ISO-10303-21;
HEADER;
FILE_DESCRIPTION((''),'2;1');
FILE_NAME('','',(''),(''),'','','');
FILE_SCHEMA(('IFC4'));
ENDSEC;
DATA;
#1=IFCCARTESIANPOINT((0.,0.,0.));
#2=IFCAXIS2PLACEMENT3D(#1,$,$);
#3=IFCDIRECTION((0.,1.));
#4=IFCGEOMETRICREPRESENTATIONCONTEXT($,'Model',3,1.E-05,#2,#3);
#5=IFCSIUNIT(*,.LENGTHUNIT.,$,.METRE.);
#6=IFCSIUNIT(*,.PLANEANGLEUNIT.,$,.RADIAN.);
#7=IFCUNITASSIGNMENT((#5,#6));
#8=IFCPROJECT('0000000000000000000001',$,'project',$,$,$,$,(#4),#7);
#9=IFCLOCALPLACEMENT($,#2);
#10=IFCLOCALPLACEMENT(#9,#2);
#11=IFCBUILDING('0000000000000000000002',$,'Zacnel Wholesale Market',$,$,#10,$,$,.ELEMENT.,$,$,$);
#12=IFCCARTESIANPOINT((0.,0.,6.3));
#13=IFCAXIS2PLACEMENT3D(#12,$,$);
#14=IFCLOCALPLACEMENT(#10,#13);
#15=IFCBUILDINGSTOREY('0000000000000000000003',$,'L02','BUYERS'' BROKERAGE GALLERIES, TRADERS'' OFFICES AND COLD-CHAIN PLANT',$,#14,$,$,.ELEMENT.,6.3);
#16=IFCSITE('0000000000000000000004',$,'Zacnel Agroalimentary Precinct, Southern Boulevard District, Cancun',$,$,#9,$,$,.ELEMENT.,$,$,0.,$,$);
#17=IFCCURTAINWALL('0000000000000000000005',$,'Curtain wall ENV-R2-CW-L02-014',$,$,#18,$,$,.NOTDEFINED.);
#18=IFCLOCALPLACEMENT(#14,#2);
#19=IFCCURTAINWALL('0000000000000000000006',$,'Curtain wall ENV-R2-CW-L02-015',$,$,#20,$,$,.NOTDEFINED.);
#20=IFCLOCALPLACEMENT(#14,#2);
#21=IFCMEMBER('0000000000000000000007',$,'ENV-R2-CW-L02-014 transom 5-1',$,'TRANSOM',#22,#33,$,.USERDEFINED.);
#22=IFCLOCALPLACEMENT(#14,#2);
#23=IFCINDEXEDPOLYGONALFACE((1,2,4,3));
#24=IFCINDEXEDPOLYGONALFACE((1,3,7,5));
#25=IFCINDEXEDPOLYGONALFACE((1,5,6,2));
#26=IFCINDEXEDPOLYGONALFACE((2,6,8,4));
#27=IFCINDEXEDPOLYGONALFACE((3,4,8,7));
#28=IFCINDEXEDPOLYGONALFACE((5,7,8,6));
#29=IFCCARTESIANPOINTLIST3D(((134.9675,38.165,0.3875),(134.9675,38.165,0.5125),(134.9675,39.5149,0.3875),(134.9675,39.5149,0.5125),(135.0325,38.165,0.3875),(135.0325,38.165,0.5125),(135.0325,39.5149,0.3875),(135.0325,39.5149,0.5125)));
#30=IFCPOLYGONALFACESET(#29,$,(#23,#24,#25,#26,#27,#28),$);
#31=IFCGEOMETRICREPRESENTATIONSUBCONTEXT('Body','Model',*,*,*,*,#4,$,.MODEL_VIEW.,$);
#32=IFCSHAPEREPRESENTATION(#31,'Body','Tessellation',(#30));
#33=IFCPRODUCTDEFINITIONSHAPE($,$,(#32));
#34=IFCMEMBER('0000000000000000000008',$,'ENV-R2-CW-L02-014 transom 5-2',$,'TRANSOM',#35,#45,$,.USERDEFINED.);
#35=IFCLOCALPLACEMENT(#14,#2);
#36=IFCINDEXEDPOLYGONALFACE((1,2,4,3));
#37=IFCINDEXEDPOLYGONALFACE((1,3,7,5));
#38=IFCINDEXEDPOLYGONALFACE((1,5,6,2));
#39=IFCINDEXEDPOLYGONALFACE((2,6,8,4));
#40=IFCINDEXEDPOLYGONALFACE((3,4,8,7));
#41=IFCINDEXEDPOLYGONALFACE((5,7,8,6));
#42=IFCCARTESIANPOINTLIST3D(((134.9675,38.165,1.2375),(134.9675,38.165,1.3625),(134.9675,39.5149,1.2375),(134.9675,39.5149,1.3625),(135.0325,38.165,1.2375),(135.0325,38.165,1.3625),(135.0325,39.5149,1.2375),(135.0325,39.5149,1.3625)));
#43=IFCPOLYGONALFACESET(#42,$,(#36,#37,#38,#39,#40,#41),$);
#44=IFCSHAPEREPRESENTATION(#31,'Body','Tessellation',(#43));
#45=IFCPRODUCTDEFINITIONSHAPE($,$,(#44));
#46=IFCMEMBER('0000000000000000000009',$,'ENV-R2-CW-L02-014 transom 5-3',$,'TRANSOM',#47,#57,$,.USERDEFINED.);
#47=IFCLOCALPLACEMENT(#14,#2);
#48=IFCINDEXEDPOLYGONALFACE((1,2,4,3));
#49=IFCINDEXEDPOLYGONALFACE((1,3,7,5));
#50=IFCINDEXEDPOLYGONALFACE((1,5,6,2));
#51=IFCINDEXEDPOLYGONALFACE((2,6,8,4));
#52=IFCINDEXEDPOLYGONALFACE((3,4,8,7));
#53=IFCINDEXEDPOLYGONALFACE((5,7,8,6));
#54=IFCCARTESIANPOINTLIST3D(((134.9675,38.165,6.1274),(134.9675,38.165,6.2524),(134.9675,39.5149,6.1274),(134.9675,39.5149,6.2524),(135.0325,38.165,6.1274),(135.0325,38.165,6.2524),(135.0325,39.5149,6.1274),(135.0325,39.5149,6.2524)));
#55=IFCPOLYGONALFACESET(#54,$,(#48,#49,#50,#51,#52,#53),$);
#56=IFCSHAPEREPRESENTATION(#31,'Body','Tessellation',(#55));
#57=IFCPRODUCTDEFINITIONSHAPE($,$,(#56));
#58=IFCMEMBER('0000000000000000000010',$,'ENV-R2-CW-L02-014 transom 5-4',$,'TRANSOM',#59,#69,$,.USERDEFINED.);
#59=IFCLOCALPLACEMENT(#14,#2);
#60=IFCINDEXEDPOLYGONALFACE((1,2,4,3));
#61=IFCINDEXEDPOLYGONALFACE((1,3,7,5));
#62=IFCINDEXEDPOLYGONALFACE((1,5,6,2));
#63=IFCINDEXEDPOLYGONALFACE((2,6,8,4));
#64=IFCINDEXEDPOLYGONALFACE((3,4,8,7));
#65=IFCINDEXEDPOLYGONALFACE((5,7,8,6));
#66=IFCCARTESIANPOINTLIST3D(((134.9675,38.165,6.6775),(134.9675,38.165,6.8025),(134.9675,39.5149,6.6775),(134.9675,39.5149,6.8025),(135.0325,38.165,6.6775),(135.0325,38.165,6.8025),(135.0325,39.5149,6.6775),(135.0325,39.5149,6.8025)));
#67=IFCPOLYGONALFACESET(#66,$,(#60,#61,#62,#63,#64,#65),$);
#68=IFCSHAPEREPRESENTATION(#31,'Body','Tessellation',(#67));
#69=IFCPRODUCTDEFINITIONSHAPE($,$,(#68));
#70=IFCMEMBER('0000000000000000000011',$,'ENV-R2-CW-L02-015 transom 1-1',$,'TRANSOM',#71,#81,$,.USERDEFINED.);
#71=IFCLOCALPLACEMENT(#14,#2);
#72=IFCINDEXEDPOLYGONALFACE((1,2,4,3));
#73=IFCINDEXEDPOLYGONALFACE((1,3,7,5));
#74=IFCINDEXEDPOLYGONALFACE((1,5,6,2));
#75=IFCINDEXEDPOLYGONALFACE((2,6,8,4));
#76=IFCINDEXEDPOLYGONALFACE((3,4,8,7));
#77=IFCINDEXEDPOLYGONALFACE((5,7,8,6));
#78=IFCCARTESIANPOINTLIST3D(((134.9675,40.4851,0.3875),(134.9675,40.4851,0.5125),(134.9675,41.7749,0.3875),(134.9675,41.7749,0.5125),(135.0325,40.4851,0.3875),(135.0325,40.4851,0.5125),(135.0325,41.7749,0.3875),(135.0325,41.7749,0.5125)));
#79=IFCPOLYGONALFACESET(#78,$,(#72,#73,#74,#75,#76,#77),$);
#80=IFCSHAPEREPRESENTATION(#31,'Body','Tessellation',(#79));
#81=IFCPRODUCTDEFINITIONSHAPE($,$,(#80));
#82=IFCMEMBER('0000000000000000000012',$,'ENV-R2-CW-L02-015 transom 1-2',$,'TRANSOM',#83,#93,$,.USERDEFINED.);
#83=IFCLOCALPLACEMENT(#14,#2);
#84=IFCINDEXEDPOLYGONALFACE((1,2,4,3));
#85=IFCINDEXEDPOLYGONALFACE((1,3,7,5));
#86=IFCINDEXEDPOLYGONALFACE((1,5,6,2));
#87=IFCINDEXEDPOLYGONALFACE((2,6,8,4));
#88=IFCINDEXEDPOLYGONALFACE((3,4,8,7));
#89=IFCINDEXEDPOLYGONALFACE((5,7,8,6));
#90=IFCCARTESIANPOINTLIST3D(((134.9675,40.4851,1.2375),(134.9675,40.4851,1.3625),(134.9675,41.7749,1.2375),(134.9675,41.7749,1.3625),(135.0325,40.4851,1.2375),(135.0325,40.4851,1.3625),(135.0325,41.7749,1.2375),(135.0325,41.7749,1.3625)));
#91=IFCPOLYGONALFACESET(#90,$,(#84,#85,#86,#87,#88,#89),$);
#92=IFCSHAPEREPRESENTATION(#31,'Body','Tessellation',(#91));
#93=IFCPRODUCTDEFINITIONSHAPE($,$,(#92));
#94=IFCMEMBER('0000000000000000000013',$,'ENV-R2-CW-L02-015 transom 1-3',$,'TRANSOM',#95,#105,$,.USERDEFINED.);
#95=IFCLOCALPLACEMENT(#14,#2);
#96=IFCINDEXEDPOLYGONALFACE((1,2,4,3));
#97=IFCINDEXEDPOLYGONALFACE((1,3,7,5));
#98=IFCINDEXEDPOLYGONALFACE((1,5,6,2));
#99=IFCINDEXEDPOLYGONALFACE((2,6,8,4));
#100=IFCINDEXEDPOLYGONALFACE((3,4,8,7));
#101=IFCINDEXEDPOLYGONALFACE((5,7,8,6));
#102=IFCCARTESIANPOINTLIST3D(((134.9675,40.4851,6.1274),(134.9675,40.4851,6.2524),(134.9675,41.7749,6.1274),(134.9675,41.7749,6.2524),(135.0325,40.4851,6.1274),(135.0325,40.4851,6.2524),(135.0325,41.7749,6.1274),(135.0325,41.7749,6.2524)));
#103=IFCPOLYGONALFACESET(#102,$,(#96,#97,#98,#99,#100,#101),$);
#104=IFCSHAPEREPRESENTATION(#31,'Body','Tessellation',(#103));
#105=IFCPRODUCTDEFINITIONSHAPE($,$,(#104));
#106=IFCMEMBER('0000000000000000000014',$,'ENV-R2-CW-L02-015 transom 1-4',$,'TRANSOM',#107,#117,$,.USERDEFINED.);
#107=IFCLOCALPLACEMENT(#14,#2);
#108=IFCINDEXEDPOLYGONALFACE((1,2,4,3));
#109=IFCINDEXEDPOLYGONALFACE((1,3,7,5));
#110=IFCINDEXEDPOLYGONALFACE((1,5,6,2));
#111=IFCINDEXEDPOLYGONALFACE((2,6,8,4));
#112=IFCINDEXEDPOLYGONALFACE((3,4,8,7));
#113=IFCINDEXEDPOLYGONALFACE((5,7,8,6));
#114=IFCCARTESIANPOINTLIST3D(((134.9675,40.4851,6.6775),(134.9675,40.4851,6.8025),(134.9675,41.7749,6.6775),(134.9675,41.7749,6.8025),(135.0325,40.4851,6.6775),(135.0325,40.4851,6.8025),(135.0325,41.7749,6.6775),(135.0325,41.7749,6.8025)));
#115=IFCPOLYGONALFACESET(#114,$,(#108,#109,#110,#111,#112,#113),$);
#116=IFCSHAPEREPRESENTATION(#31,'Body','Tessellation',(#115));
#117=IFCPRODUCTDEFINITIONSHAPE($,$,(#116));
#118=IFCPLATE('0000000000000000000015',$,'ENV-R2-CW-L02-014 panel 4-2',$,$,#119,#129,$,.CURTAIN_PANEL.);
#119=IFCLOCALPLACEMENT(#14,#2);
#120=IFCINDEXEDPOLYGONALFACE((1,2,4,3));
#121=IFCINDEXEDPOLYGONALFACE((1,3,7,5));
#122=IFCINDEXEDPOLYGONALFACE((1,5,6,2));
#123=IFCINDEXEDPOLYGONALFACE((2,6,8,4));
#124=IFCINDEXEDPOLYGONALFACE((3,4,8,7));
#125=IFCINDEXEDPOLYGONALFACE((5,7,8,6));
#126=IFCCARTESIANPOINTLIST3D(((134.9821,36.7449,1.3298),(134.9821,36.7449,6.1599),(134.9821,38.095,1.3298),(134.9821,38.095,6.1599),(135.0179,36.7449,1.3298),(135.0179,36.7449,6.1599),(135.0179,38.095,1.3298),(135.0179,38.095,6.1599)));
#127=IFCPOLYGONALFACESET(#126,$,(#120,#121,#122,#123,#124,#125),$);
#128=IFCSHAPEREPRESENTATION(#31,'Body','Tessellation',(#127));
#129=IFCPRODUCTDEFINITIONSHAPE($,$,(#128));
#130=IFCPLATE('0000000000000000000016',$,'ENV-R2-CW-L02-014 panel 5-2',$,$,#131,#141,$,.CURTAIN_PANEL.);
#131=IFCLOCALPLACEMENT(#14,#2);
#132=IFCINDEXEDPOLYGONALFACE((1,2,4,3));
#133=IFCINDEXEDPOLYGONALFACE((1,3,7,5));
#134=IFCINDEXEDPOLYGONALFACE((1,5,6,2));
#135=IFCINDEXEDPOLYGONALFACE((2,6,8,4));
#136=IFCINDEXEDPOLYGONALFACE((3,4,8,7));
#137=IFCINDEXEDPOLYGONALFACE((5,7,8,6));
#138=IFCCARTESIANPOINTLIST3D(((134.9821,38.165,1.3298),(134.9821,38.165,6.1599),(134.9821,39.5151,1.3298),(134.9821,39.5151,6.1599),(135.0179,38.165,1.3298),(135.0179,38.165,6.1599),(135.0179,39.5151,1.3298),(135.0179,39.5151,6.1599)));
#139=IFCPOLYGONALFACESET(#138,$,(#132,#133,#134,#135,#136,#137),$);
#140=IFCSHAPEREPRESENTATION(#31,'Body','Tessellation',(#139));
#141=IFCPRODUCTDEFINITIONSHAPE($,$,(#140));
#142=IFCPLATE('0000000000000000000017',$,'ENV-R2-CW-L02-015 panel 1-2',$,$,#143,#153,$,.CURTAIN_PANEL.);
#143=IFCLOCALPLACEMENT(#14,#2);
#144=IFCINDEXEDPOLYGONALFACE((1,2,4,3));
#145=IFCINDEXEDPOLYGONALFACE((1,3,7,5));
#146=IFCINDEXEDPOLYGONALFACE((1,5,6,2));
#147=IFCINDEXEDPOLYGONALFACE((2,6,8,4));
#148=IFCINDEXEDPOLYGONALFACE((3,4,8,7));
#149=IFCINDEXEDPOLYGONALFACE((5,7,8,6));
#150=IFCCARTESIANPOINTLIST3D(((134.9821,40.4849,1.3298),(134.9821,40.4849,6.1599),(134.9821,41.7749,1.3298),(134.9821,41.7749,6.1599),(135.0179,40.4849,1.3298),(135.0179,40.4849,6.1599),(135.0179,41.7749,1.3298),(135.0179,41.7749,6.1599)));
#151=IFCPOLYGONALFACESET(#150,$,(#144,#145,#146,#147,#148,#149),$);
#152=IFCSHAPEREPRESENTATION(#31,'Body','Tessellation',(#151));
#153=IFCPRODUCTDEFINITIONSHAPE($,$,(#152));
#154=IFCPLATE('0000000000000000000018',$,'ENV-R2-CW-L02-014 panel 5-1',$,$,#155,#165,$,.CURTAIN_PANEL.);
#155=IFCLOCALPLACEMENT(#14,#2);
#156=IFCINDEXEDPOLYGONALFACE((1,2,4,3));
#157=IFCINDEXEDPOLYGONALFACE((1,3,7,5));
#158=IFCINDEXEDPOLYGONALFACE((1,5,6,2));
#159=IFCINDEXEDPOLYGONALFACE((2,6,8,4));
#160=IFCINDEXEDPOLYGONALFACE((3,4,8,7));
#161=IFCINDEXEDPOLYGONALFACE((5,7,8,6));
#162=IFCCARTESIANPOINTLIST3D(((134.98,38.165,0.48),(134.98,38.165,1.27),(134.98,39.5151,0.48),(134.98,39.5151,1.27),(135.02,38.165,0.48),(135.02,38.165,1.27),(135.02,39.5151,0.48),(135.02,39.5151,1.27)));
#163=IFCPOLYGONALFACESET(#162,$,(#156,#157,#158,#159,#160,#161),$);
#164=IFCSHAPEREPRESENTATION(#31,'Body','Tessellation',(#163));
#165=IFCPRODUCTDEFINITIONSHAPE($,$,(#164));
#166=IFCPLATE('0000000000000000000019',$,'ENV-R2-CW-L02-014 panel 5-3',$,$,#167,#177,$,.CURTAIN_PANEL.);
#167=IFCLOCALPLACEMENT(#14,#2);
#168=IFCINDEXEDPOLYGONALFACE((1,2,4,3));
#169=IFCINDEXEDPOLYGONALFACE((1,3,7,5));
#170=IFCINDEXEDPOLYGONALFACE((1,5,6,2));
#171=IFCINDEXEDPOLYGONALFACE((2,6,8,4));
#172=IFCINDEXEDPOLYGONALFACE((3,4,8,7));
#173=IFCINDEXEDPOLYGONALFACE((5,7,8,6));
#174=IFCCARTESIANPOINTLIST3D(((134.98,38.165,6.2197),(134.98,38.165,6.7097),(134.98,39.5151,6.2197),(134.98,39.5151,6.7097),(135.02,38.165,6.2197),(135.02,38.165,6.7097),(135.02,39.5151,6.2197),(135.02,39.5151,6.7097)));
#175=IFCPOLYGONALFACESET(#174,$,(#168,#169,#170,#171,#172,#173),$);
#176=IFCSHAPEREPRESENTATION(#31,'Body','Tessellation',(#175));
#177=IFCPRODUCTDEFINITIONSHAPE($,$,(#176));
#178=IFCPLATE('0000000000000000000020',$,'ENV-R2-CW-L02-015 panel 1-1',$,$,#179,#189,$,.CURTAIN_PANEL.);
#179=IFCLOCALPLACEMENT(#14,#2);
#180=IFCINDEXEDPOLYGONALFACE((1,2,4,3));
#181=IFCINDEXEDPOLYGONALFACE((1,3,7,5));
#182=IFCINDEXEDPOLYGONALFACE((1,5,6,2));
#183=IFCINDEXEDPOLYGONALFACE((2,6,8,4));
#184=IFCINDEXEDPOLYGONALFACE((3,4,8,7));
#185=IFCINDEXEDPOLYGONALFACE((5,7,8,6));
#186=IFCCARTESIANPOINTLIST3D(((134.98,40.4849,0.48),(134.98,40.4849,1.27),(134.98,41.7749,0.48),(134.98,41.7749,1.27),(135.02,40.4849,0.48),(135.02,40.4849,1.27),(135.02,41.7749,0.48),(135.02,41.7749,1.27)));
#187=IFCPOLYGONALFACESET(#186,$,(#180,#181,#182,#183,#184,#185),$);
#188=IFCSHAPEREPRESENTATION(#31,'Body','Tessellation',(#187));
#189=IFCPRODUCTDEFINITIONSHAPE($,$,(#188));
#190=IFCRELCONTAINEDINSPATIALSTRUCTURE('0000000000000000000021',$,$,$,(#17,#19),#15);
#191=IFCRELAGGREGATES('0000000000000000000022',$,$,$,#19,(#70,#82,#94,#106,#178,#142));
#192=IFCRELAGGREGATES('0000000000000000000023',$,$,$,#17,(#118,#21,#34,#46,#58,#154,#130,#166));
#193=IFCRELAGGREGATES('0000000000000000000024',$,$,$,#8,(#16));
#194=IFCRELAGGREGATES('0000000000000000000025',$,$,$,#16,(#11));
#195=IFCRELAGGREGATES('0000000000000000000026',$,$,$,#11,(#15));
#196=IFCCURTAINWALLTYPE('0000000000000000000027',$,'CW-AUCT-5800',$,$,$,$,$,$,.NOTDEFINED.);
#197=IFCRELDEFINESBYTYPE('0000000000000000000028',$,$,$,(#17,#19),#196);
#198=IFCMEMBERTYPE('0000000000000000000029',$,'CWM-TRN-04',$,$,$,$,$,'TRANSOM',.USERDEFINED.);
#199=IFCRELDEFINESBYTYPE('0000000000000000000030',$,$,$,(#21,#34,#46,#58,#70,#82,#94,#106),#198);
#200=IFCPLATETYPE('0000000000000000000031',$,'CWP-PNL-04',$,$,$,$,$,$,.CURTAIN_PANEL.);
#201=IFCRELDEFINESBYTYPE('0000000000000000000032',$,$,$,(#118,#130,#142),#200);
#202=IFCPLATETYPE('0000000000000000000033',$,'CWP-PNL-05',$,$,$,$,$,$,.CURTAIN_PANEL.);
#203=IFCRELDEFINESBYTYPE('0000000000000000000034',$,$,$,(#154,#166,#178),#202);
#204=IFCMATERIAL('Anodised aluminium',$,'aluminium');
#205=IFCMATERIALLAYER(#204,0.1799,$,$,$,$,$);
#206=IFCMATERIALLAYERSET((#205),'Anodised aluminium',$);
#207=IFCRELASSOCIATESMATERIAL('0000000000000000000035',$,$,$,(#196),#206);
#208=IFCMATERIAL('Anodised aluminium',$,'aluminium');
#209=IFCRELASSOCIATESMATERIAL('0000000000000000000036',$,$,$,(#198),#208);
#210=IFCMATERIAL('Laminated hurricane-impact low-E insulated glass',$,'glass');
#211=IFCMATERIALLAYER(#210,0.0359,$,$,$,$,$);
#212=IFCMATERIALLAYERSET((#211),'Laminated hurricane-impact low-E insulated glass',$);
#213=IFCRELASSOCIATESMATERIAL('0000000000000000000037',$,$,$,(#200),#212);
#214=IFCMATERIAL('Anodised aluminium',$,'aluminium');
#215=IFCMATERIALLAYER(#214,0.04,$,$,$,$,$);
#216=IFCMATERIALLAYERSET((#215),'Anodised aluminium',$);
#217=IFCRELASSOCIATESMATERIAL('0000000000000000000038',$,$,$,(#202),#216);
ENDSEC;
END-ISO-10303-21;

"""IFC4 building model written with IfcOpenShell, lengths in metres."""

from ifc_helpers import new_model, si_unit, direction, frame, origin, origin_2d, place, context, subcontext, project, spatial, rectangle, extrude, material, layer, layer_set, material_profile, profile_set, type_object, element, aggregate, save


model = new_model("IFC4")

# Units and contexts
model_context = context("Model", 3, precision=1e-05, world=origin(), true_north=direction((0.0, 1.0)))
body_context = subcontext(model_context, "Body", "Model", "MODEL_VIEW")
ifc_project = project(units=[si_unit("LENGTHUNIT", "METRE"), si_unit("PLANEANGLEUNIT", "RADIAN")], contexts=[model_context])

# Site, building, storey
site_placement = place(None, origin())
site = spatial("IfcSite", under=ifc_project, at=site_placement, Name="Zacnel Agroalimentary Precinct, Southern Boulevard District, Cancun", CompositionType="ELEMENT", RefElevation=0.0)
building_placement = place(site_placement, origin())
building = spatial("IfcBuilding", under=site, at=building_placement, Name="Zacnel Wholesale Market", CompositionType="ELEMENT")
storey_placement = place(building_placement, frame((0.0, 0.0, 6.3)))
storey = spatial("IfcBuildingStorey", under=building, at=storey_placement, Name="L02", Description="BUYERS' BROKERAGE GALLERIES, TRADERS' OFFICES AND COLD-CHAIN PLANT", CompositionType="ELEMENT", Elevation=6.3)

# Curtain wall
ifc_material_1 = material(Name="Anodised aluminium", Category="aluminium")
ifc_layer_1 = layer(ifc_material_1, 0.1799)
ifc_layer_set_1 = layer_set([ifc_layer_1], Name="Anodised aluminium")
curtain_wall_type = type_object("IfcCurtainWallType", Name="CW-AUCT-5800", PredefinedType="NOTDEFINED", material=ifc_layer_set_1)
curtain_wall_1_placement = place(storey_placement, origin())
curtain_wall_1 = element("IfcCurtainWall", 1, at=curtain_wall_1_placement, inside=storey, type_object=curtain_wall_type, Name="Curtain wall ENV-R2-CW-L02-014", PredefinedType="NOTDEFINED")

# Curtain wall
curtain_wall_2_placement = place(storey_placement, origin())
curtain_wall_2 = element("IfcCurtainWall", 2, at=curtain_wall_2_placement, inside=storey, type_object=curtain_wall_type, Name="Curtain wall ENV-R2-CW-L02-015", PredefinedType="NOTDEFINED")

# Members
ifc_material_2 = material(Name="Anodised aluminium", Category="aluminium")
ifc_material_profile_1 = material_profile(ifc_material_2, rectangle(XDim=0.0649, YDim=0.125, at=origin_2d()), Name="AW-TRANSOM 65x125")
ifc_profile_set_1 = profile_set([ifc_material_profile_1], Name="Anodised aluminium")
member_type_1 = type_object("IfcMemberType", Name="CWM-TRN-04", ElementType="TRANSOM", PredefinedType="USERDEFINED", material=ifc_profile_set_1)
member_1_placement = place(storey_placement, frame((135.0, 38.165, 0.45), z_axis=(0.0, 1.0, 0.0), x_axis=(-1.0, 0.0, 0.0)))
member_1 = element("IfcMember", 3, at=member_1_placement, type_object=member_type_1, Name="ENV-R2-CW-L02-014 transom 5-1", ObjectType="TRANSOM", PredefinedType="USERDEFINED", context=body_context, shape_type="SweptSolid", body=[
    extrude(rectangle(XDim=0.0649, YDim=0.125, at=origin_2d()), origin(), (0.0, 0.0, 1.0), 1.3499),
])
member_2_placement = place(storey_placement, frame((135.0, 38.165, 1.3), z_axis=(0.0, 1.0, 0.0), x_axis=(-1.0, 0.0, 0.0)))
member_2 = element("IfcMember", 4, at=member_2_placement, type_object=member_type_1, Name="ENV-R2-CW-L02-014 transom 5-2", ObjectType="TRANSOM", PredefinedType="USERDEFINED", context=body_context, shape_type="SweptSolid", body=[
    extrude(rectangle(XDim=0.0649, YDim=0.125, at=origin_2d()), origin(), (0.0, 0.0, 1.0), 1.3499),
])
member_3_placement = place(storey_placement, frame((135.0, 38.165, 6.1899), z_axis=(0.0, 1.0, 0.0), x_axis=(-1.0, 0.0, 0.0)))
member_3 = element("IfcMember", 5, at=member_3_placement, type_object=member_type_1, Name="ENV-R2-CW-L02-014 transom 5-3", ObjectType="TRANSOM", PredefinedType="USERDEFINED", context=body_context, shape_type="SweptSolid", body=[
    extrude(rectangle(XDim=0.0649, YDim=0.125, at=origin_2d()), origin(), (0.0, 0.0, 1.0), 1.3499),
])
member_4_placement = place(storey_placement, frame((135.0, 38.165, 6.74), z_axis=(0.0, 1.0, 0.0), x_axis=(-1.0, 0.0, 0.0)))
member_4 = element("IfcMember", 6, at=member_4_placement, type_object=member_type_1, Name="ENV-R2-CW-L02-014 transom 5-4", ObjectType="TRANSOM", PredefinedType="USERDEFINED", context=body_context, shape_type="SweptSolid", body=[
    extrude(rectangle(XDim=0.0649, YDim=0.125, at=origin_2d()), origin(), (0.0, 0.0, 1.0), 1.3499),
])
member_5_placement = place(storey_placement, frame((135.0, 40.4851, 0.45), z_axis=(0.0, 1.0, 0.0), x_axis=(-1.0, 0.0, 0.0)))
member_5 = element("IfcMember", 7, at=member_5_placement, type_object=member_type_1, Name="ENV-R2-CW-L02-015 transom 1-1", ObjectType="TRANSOM", PredefinedType="USERDEFINED", context=body_context, shape_type="SweptSolid", body=[
    extrude(rectangle(XDim=0.0649, YDim=0.125, at=origin_2d()), origin(), (0.0, 0.0, 1.0), 1.2898),
])
member_6_placement = place(storey_placement, frame((135.0, 40.4851, 1.3), z_axis=(0.0, 1.0, 0.0), x_axis=(-1.0, 0.0, 0.0)))
member_6 = element("IfcMember", 8, at=member_6_placement, type_object=member_type_1, Name="ENV-R2-CW-L02-015 transom 1-2", ObjectType="TRANSOM", PredefinedType="USERDEFINED", context=body_context, shape_type="SweptSolid", body=[
    extrude(rectangle(XDim=0.0649, YDim=0.125, at=origin_2d()), origin(), (0.0, 0.0, 1.0), 1.2898),
])
member_7_placement = place(storey_placement, frame((135.0, 40.4851, 6.1899), z_axis=(0.0, 1.0, 0.0), x_axis=(-1.0, 0.0, 0.0)))
member_7 = element("IfcMember", 9, at=member_7_placement, type_object=member_type_1, Name="ENV-R2-CW-L02-015 transom 1-3", ObjectType="TRANSOM", PredefinedType="USERDEFINED", context=body_context, shape_type="SweptSolid", body=[
    extrude(rectangle(XDim=0.0649, YDim=0.125, at=origin_2d()), origin(), (0.0, 0.0, 1.0), 1.2898),
])
member_8_placement = place(storey_placement, frame((135.0, 40.4851, 6.74), z_axis=(0.0, 1.0, 0.0), x_axis=(-1.0, 0.0, 0.0)))
member_8 = element("IfcMember", 10, at=member_8_placement, type_object=member_type_1, Name="ENV-R2-CW-L02-015 transom 1-4", ObjectType="TRANSOM", PredefinedType="USERDEFINED", context=body_context, shape_type="SweptSolid", body=[
    extrude(rectangle(XDim=0.0649, YDim=0.125, at=origin_2d()), origin(), (0.0, 0.0, 1.0), 1.2898),
])

# Plates
ifc_material_3 = material(Name="Laminated hurricane-impact low-E insulated glass", Category="glass")
ifc_layer_2 = layer(ifc_material_3, 0.0359)
ifc_layer_set_2 = layer_set([ifc_layer_2], Name="Laminated hurricane-impact low-E insulated glass")
plate_type_1 = type_object("IfcPlateType", Name="CWP-PNL-04", PredefinedType="CURTAIN_PANEL", material=ifc_layer_set_2)
plate_1_placement = place(storey_placement, frame((135.0, 37.4199, 1.3298), z_axis=(0.0, 0.0, 1.0), x_axis=(0.0, 1.0, 0.0)))
plate_1 = element("IfcPlate", 11, at=plate_1_placement, type_object=plate_type_1, Name="ENV-R2-CW-L02-014 panel 4-2", PredefinedType="CURTAIN_PANEL", context=body_context, shape_type="SweptSolid", body=[
    extrude(rectangle(XDim=1.3501, YDim=0.0359, at=origin_2d()), origin(), (0.0, 0.0, 1.0), 4.8301),
])
plate_2_placement = place(storey_placement, frame((135.0, 38.8401, 1.3298), z_axis=(0.0, 0.0, 1.0), x_axis=(0.0, 1.0, 0.0)))
plate_2 = element("IfcPlate", 12, at=plate_2_placement, type_object=plate_type_1, Name="ENV-R2-CW-L02-014 panel 5-2", PredefinedType="CURTAIN_PANEL", context=body_context, shape_type="SweptSolid", body=[
    extrude(rectangle(XDim=1.3501, YDim=0.0359, at=origin_2d()), origin(), (0.0, 0.0, 1.0), 4.8301),
])
plate_3_placement = place(storey_placement, frame((135.0, 41.1299, 1.3298), z_axis=(0.0, 0.0, 1.0), x_axis=(0.0, 1.0, 0.0)))
plate_3 = element("IfcPlate", 13, at=plate_3_placement, type_object=plate_type_1, Name="ENV-R2-CW-L02-015 panel 1-2", PredefinedType="CURTAIN_PANEL", context=body_context, shape_type="SweptSolid", body=[
    extrude(rectangle(XDim=1.29, YDim=0.0359, at=origin_2d()), origin(), (0.0, 0.0, 1.0), 4.8301),
])
ifc_material_4 = material(Name="Anodised aluminium", Category="aluminium")
ifc_layer_3 = layer(ifc_material_4, 0.04)
ifc_layer_set_3 = layer_set([ifc_layer_3], Name="Anodised aluminium")
plate_type_2 = type_object("IfcPlateType", Name="CWP-PNL-05", PredefinedType="CURTAIN_PANEL", material=ifc_layer_set_3)
plate_4_placement = place(storey_placement, frame((135.0, 38.8401, 0.48), z_axis=(0.0, 0.0, 1.0), x_axis=(0.0, 1.0, 0.0)))
plate_4 = element("IfcPlate", 14, at=plate_4_placement, type_object=plate_type_2, Name="ENV-R2-CW-L02-014 panel 5-1", PredefinedType="CURTAIN_PANEL", context=body_context, shape_type="SweptSolid", body=[
    extrude(rectangle(XDim=1.3501, YDim=0.04, at=origin_2d()), origin(), (0.0, 0.0, 1.0), 0.79),
])
plate_5_placement = place(storey_placement, frame((135.0, 38.8401, 6.2197), z_axis=(0.0, 0.0, 1.0), x_axis=(0.0, 1.0, 0.0)))
plate_5 = element("IfcPlate", 15, at=plate_5_placement, type_object=plate_type_2, Name="ENV-R2-CW-L02-014 panel 5-3", PredefinedType="CURTAIN_PANEL", context=body_context, shape_type="SweptSolid", body=[
    extrude(rectangle(XDim=1.3501, YDim=0.04, at=origin_2d()), origin(), (0.0, 0.0, 1.0), 0.49),
])
plate_6_placement = place(storey_placement, frame((135.0, 41.1299, 0.48), z_axis=(0.0, 0.0, 1.0), x_axis=(0.0, 1.0, 0.0)))
plate_6 = element("IfcPlate", 16, at=plate_6_placement, type_object=plate_type_2, Name="ENV-R2-CW-L02-015 panel 1-1", PredefinedType="CURTAIN_PANEL", context=body_context, shape_type="SweptSolid", body=[
    extrude(rectangle(XDim=1.29, YDim=0.04, at=origin_2d()), origin(), (0.0, 0.0, 1.0), 0.79),
])
aggregate(curtain_wall_2, [member_5, member_6, member_7, member_8, plate_6, plate_3])
aggregate(curtain_wall_1, [plate_1, member_1, member_2, member_3, member_4, plate_4, plate_2, plate_5])

save(model, "model.ifc")
